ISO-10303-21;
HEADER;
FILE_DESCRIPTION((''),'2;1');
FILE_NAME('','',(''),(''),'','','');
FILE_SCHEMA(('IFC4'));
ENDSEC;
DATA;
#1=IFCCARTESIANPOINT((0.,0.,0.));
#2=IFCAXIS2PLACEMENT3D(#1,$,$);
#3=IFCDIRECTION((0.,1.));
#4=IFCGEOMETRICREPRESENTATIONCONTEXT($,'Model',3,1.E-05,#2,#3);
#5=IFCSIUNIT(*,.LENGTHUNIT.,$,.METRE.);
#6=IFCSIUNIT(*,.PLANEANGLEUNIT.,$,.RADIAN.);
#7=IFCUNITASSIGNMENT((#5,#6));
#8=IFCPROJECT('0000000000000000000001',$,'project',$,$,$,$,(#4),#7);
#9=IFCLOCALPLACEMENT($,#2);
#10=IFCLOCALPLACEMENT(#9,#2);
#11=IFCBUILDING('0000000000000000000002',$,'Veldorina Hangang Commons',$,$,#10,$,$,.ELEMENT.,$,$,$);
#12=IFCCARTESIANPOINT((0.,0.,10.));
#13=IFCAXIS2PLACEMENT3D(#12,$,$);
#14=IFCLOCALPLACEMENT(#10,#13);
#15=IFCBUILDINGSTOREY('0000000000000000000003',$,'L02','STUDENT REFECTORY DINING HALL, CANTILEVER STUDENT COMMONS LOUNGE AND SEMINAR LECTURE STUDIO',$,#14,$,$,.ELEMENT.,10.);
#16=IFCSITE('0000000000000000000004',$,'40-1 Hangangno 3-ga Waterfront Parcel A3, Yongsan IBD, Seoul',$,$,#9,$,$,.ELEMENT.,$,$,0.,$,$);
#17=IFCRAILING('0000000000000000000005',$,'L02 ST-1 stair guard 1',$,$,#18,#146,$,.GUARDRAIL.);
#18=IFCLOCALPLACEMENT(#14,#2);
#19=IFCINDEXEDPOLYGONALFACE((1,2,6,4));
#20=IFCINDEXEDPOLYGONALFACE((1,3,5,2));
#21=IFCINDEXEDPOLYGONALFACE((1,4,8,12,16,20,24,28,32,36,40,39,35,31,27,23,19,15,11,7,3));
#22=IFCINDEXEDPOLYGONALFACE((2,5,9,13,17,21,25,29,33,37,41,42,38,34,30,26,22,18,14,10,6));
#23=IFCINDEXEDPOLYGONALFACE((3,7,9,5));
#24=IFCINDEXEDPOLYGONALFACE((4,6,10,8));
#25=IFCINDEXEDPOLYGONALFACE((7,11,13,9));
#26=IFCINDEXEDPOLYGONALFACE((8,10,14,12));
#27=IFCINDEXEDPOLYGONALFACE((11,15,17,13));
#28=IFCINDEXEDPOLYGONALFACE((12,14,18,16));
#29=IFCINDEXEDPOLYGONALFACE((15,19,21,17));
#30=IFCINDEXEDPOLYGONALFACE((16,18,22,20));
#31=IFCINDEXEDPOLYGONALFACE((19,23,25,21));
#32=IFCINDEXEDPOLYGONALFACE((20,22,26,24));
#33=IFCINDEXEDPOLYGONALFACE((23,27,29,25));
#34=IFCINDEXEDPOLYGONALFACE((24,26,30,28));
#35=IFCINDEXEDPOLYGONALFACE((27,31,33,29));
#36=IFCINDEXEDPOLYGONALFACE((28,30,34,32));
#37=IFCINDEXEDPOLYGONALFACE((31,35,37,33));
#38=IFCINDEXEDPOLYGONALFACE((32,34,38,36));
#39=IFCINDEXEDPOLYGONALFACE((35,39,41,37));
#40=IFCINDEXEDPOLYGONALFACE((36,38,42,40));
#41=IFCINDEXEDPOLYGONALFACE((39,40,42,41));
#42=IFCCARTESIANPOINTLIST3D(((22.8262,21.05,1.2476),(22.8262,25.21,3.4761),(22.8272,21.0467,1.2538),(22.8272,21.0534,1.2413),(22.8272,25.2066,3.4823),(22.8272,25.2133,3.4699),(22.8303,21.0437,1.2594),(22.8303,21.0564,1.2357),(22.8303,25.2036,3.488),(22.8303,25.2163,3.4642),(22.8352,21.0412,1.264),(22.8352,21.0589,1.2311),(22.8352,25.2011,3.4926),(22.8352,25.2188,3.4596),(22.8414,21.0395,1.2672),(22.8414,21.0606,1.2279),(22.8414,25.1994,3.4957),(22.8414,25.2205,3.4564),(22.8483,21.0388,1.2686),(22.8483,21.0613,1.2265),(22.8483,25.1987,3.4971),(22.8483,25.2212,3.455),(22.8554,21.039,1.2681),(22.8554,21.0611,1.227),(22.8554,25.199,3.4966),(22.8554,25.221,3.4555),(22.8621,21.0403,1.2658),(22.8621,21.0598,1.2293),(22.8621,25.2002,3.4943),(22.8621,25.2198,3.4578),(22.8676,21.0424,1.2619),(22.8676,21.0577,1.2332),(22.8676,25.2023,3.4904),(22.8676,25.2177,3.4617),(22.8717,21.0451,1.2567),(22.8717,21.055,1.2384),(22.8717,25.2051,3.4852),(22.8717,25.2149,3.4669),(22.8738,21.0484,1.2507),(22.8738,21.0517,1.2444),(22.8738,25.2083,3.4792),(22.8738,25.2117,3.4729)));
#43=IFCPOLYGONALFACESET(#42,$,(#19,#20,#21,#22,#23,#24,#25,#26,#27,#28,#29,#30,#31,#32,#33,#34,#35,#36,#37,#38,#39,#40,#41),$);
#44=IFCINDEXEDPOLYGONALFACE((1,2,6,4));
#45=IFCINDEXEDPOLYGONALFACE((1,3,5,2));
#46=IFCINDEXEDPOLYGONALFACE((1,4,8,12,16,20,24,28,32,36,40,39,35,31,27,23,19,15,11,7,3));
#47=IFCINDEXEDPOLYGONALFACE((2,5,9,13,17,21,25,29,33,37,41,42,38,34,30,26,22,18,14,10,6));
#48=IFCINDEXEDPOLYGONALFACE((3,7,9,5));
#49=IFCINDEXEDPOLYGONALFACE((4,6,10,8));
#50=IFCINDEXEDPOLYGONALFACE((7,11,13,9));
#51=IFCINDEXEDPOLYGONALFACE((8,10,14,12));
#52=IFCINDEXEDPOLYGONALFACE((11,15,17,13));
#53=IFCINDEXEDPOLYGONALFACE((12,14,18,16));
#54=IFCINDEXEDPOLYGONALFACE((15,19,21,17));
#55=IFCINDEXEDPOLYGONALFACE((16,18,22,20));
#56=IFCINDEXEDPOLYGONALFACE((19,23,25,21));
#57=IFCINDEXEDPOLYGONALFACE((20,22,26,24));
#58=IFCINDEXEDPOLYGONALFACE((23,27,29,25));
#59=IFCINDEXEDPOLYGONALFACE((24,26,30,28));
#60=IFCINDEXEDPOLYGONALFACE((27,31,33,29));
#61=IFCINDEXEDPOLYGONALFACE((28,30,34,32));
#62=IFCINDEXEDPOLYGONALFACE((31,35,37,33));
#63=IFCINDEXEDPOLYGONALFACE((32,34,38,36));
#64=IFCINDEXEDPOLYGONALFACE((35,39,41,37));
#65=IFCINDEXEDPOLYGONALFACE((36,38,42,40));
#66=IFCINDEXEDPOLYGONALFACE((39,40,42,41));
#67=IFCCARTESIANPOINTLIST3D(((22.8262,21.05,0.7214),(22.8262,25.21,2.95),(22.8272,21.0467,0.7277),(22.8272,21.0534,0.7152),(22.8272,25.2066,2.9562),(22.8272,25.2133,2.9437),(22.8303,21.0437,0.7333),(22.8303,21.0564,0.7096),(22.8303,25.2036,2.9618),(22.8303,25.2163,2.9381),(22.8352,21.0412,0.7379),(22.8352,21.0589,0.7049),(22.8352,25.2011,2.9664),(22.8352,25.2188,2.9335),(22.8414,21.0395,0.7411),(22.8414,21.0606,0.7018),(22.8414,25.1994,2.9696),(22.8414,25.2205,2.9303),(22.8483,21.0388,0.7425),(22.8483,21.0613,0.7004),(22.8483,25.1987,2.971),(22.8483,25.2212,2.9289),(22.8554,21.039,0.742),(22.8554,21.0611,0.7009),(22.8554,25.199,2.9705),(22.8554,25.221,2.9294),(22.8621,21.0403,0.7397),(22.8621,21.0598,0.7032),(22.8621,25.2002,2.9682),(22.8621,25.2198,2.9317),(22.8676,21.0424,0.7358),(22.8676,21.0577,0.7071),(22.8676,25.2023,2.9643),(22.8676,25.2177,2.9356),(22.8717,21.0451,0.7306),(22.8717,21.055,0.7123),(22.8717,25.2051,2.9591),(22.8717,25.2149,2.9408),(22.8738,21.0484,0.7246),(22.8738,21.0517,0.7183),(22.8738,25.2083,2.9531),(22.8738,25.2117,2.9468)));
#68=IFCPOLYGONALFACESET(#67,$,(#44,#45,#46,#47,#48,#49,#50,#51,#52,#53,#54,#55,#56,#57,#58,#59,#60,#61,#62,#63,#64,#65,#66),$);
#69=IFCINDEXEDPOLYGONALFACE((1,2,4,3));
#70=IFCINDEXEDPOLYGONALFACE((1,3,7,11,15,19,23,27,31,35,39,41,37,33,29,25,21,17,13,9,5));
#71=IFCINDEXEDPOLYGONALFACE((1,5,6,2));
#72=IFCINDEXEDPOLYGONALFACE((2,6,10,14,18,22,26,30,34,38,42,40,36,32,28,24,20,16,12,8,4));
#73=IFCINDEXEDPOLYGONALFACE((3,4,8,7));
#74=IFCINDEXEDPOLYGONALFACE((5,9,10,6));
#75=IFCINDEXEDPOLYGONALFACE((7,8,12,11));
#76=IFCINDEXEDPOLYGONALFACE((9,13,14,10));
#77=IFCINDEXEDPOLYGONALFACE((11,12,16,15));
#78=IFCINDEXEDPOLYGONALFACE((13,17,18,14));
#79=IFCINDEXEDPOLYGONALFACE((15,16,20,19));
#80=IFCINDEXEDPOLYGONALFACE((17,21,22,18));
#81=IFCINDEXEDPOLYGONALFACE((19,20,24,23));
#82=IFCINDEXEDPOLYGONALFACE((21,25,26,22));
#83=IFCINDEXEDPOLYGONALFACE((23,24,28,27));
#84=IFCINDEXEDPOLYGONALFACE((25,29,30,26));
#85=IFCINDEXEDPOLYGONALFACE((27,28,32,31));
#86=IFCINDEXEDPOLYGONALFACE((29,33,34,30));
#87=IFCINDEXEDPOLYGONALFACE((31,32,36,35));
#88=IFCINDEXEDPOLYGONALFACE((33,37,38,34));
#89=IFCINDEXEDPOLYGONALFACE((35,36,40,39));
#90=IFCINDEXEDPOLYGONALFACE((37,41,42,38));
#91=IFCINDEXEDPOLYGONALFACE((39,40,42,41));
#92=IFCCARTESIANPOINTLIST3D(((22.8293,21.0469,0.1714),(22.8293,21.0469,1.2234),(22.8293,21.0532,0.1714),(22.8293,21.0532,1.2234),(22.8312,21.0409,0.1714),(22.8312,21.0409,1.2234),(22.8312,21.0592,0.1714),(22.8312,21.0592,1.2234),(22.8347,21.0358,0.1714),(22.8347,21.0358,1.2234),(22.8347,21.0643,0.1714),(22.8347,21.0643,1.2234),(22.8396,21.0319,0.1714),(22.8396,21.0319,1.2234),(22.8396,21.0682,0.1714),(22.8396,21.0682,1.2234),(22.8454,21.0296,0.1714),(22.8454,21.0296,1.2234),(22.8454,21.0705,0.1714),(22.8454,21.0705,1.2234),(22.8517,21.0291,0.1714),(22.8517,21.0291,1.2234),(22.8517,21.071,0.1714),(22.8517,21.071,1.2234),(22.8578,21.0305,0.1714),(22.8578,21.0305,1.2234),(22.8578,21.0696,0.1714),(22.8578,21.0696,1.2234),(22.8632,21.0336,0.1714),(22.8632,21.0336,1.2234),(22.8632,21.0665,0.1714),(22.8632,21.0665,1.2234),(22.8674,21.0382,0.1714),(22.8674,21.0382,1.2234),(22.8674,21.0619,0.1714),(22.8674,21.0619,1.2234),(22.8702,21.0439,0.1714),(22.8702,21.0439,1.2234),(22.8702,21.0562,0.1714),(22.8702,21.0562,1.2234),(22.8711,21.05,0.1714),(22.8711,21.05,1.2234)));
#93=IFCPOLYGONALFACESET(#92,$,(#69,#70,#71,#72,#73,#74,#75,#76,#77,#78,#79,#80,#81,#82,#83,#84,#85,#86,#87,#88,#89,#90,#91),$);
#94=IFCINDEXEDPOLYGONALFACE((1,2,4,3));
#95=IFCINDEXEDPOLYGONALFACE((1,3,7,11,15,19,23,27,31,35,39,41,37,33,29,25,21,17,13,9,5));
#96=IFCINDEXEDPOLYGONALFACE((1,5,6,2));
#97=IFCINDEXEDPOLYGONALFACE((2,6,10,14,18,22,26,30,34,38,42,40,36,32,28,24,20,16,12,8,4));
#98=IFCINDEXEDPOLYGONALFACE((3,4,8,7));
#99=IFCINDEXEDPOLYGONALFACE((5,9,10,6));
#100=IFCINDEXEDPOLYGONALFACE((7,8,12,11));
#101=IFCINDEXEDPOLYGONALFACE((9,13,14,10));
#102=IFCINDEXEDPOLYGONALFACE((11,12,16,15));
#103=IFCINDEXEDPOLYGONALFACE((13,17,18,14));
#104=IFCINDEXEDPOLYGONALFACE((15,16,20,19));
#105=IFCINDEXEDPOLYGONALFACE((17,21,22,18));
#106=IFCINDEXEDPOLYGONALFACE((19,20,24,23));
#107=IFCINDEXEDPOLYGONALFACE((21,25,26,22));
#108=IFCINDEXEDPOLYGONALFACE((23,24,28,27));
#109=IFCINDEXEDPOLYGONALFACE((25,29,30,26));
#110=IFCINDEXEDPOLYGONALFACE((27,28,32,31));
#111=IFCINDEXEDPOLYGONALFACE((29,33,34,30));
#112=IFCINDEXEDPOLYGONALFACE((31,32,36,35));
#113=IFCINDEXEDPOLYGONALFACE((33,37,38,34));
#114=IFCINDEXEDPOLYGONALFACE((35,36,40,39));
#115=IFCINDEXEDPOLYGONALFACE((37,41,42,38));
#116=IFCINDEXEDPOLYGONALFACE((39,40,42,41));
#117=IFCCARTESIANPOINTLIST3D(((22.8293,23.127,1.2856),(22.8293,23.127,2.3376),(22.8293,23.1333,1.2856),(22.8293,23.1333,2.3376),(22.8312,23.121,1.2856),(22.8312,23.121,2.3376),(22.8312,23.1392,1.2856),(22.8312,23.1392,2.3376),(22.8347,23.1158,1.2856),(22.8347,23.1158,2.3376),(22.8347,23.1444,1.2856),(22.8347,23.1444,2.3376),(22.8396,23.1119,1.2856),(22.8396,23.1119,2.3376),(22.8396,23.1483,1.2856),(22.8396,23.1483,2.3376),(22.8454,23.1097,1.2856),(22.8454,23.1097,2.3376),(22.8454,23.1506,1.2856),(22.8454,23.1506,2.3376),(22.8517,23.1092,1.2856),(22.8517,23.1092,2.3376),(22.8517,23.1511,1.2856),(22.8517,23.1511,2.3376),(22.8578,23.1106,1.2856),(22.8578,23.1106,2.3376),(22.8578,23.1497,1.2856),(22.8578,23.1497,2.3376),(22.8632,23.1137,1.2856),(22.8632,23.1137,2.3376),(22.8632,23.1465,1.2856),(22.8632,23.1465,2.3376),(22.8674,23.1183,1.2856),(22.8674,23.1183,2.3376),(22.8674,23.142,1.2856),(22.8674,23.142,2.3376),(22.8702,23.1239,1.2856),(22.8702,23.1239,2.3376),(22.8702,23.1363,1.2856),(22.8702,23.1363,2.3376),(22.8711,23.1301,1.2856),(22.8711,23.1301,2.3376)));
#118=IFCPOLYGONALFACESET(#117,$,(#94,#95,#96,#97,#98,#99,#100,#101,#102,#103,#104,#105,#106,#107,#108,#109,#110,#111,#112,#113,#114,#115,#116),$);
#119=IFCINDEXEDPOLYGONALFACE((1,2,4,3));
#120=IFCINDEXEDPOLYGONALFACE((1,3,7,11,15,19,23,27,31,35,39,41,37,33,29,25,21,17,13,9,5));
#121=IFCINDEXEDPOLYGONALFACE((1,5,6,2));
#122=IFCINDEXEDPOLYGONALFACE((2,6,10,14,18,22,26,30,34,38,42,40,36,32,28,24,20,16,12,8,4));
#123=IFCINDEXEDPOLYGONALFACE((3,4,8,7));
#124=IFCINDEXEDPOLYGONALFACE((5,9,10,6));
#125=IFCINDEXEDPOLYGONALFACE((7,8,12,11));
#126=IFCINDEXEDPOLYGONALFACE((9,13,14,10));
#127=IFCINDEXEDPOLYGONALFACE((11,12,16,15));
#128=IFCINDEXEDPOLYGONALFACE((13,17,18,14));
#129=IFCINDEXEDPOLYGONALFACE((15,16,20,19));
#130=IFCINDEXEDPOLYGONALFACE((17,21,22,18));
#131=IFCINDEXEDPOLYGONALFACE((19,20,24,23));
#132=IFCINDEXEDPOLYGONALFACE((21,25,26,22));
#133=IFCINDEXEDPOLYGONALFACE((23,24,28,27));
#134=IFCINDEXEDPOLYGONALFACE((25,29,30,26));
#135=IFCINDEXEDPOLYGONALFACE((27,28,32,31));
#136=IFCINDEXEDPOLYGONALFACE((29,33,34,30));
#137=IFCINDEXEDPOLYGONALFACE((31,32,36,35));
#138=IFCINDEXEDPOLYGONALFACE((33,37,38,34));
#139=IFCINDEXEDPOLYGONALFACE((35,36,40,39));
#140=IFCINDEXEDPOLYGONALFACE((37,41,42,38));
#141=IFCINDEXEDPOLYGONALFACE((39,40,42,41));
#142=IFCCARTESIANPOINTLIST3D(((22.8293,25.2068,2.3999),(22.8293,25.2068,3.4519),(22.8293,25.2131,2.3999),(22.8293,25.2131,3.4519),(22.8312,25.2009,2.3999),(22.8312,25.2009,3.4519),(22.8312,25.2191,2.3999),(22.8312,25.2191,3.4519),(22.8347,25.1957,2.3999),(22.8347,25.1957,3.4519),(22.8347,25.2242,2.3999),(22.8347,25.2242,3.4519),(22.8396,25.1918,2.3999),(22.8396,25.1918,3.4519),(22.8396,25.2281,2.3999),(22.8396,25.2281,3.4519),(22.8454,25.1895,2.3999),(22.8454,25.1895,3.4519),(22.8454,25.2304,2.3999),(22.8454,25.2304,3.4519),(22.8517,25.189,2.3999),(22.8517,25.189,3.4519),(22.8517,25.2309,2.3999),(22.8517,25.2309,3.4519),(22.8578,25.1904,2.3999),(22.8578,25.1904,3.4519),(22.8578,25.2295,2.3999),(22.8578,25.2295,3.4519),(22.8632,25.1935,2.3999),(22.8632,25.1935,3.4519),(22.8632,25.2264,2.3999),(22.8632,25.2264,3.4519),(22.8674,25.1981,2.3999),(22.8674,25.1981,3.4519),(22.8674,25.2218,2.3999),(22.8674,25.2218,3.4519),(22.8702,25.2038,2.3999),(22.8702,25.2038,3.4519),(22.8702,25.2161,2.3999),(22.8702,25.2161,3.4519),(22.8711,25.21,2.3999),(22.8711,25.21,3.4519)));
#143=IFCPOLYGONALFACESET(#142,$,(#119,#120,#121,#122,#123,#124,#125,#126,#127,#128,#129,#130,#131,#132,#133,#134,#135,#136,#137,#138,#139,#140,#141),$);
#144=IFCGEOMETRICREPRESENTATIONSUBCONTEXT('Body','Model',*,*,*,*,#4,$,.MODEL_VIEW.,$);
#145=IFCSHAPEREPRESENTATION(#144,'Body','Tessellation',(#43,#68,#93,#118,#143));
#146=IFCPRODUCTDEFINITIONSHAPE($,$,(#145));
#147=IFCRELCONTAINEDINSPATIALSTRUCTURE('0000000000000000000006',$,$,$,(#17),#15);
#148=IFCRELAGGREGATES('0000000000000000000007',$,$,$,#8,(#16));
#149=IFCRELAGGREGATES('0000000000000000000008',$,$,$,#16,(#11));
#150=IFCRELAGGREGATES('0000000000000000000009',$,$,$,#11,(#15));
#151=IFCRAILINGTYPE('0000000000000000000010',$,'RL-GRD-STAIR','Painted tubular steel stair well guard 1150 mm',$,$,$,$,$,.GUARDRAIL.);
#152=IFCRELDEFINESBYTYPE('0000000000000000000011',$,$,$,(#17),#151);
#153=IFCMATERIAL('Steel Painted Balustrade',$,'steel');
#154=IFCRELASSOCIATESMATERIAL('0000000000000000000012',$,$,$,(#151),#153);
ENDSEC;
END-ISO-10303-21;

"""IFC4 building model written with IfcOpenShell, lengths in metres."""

from ifc_helpers import new_model, si_unit, direction, frame, origin, origin_2d, place, context, subcontext, project, spatial, circle, extrude, material, type_object, element, save


model = new_model("IFC4")

# Units and contexts
model_context = context("Model", 3, precision=1e-05, world=origin(), true_north=direction((0.0, 1.0)))
body_context = subcontext(model_context, "Body", "Model", "MODEL_VIEW")
ifc_project = project(units=[si_unit("LENGTHUNIT", "METRE"), si_unit("PLANEANGLEUNIT", "RADIAN")], contexts=[model_context])

# Site, building, storey
site_placement = place(None, origin())
site = spatial("IfcSite", under=ifc_project, at=site_placement, Name="40-1 Hangangno 3-ga Waterfront Parcel A3, Yongsan IBD, Seoul", CompositionType="ELEMENT", RefElevation=0.0)
building_placement = place(site_placement, origin())
building = spatial("IfcBuilding", under=site, at=building_placement, Name="Veldorina Hangang Commons", CompositionType="ELEMENT")
storey_placement = place(building_placement, frame((0.0, 0.0, 10.0)))
storey = spatial("IfcBuildingStorey", under=building, at=storey_placement, Name="L02", Description="STUDENT REFECTORY DINING HALL, CANTILEVER STUDENT COMMONS LOUNGE AND SEMINAR LECTURE STUDIO", CompositionType="ELEMENT", Elevation=10.0)

# Railing
ifc_material_1 = material(Name="Steel Painted Balustrade", Category="steel")
railing_type_1 = type_object("IfcRailingType", Name="RL-GRD-STAIR", Description="Painted tubular steel stair well guard 1150 mm", PredefinedType="GUARDRAIL", material=ifc_material_1)
railing_1_placement = place(storey_placement, frame((22.8501, 21.05, 0.1714)))
element("IfcRailing", 1, at=railing_1_placement, inside=storey, type_object=railing_type_1, Name="L02 ST-1 stair guard 1", PredefinedType="GUARDRAIL", context=body_context, shape_type="SweptSolid", body=[
    extrude(circle(Radius=0.0239, at=origin_2d()), frame((0.0, 0.0, 1.0762), z_axis=(0.0, 0.881481, 0.47222), x_axis=(-1.0, 0.0, 0.0)), (0.0, 0.0, 1.0), 4.7192),
    extrude(circle(Radius=0.0239, at=origin_2d()), frame((0.0, 0.0, 0.55), z_axis=(0.0, 0.881481, 0.47222), x_axis=(-1.0, 0.0, 0.0)), (0.0, 0.0, 1.0), 4.7192),
    extrude(circle(Radius=0.021, at=origin_2d()), origin(), (0.0, 0.0, 1.0), 1.052),
    extrude(circle(Radius=0.021, at=origin_2d()), frame((0.0, 2.0801, 1.1143)), (0.0, 0.0, 1.0), 1.052),
    extrude(circle(Radius=0.021, at=origin_2d()), frame((0.0, 4.1599, 2.2285)), (0.0, 0.0, 1.0), 1.052),
])

save(model, "model.ifc")
